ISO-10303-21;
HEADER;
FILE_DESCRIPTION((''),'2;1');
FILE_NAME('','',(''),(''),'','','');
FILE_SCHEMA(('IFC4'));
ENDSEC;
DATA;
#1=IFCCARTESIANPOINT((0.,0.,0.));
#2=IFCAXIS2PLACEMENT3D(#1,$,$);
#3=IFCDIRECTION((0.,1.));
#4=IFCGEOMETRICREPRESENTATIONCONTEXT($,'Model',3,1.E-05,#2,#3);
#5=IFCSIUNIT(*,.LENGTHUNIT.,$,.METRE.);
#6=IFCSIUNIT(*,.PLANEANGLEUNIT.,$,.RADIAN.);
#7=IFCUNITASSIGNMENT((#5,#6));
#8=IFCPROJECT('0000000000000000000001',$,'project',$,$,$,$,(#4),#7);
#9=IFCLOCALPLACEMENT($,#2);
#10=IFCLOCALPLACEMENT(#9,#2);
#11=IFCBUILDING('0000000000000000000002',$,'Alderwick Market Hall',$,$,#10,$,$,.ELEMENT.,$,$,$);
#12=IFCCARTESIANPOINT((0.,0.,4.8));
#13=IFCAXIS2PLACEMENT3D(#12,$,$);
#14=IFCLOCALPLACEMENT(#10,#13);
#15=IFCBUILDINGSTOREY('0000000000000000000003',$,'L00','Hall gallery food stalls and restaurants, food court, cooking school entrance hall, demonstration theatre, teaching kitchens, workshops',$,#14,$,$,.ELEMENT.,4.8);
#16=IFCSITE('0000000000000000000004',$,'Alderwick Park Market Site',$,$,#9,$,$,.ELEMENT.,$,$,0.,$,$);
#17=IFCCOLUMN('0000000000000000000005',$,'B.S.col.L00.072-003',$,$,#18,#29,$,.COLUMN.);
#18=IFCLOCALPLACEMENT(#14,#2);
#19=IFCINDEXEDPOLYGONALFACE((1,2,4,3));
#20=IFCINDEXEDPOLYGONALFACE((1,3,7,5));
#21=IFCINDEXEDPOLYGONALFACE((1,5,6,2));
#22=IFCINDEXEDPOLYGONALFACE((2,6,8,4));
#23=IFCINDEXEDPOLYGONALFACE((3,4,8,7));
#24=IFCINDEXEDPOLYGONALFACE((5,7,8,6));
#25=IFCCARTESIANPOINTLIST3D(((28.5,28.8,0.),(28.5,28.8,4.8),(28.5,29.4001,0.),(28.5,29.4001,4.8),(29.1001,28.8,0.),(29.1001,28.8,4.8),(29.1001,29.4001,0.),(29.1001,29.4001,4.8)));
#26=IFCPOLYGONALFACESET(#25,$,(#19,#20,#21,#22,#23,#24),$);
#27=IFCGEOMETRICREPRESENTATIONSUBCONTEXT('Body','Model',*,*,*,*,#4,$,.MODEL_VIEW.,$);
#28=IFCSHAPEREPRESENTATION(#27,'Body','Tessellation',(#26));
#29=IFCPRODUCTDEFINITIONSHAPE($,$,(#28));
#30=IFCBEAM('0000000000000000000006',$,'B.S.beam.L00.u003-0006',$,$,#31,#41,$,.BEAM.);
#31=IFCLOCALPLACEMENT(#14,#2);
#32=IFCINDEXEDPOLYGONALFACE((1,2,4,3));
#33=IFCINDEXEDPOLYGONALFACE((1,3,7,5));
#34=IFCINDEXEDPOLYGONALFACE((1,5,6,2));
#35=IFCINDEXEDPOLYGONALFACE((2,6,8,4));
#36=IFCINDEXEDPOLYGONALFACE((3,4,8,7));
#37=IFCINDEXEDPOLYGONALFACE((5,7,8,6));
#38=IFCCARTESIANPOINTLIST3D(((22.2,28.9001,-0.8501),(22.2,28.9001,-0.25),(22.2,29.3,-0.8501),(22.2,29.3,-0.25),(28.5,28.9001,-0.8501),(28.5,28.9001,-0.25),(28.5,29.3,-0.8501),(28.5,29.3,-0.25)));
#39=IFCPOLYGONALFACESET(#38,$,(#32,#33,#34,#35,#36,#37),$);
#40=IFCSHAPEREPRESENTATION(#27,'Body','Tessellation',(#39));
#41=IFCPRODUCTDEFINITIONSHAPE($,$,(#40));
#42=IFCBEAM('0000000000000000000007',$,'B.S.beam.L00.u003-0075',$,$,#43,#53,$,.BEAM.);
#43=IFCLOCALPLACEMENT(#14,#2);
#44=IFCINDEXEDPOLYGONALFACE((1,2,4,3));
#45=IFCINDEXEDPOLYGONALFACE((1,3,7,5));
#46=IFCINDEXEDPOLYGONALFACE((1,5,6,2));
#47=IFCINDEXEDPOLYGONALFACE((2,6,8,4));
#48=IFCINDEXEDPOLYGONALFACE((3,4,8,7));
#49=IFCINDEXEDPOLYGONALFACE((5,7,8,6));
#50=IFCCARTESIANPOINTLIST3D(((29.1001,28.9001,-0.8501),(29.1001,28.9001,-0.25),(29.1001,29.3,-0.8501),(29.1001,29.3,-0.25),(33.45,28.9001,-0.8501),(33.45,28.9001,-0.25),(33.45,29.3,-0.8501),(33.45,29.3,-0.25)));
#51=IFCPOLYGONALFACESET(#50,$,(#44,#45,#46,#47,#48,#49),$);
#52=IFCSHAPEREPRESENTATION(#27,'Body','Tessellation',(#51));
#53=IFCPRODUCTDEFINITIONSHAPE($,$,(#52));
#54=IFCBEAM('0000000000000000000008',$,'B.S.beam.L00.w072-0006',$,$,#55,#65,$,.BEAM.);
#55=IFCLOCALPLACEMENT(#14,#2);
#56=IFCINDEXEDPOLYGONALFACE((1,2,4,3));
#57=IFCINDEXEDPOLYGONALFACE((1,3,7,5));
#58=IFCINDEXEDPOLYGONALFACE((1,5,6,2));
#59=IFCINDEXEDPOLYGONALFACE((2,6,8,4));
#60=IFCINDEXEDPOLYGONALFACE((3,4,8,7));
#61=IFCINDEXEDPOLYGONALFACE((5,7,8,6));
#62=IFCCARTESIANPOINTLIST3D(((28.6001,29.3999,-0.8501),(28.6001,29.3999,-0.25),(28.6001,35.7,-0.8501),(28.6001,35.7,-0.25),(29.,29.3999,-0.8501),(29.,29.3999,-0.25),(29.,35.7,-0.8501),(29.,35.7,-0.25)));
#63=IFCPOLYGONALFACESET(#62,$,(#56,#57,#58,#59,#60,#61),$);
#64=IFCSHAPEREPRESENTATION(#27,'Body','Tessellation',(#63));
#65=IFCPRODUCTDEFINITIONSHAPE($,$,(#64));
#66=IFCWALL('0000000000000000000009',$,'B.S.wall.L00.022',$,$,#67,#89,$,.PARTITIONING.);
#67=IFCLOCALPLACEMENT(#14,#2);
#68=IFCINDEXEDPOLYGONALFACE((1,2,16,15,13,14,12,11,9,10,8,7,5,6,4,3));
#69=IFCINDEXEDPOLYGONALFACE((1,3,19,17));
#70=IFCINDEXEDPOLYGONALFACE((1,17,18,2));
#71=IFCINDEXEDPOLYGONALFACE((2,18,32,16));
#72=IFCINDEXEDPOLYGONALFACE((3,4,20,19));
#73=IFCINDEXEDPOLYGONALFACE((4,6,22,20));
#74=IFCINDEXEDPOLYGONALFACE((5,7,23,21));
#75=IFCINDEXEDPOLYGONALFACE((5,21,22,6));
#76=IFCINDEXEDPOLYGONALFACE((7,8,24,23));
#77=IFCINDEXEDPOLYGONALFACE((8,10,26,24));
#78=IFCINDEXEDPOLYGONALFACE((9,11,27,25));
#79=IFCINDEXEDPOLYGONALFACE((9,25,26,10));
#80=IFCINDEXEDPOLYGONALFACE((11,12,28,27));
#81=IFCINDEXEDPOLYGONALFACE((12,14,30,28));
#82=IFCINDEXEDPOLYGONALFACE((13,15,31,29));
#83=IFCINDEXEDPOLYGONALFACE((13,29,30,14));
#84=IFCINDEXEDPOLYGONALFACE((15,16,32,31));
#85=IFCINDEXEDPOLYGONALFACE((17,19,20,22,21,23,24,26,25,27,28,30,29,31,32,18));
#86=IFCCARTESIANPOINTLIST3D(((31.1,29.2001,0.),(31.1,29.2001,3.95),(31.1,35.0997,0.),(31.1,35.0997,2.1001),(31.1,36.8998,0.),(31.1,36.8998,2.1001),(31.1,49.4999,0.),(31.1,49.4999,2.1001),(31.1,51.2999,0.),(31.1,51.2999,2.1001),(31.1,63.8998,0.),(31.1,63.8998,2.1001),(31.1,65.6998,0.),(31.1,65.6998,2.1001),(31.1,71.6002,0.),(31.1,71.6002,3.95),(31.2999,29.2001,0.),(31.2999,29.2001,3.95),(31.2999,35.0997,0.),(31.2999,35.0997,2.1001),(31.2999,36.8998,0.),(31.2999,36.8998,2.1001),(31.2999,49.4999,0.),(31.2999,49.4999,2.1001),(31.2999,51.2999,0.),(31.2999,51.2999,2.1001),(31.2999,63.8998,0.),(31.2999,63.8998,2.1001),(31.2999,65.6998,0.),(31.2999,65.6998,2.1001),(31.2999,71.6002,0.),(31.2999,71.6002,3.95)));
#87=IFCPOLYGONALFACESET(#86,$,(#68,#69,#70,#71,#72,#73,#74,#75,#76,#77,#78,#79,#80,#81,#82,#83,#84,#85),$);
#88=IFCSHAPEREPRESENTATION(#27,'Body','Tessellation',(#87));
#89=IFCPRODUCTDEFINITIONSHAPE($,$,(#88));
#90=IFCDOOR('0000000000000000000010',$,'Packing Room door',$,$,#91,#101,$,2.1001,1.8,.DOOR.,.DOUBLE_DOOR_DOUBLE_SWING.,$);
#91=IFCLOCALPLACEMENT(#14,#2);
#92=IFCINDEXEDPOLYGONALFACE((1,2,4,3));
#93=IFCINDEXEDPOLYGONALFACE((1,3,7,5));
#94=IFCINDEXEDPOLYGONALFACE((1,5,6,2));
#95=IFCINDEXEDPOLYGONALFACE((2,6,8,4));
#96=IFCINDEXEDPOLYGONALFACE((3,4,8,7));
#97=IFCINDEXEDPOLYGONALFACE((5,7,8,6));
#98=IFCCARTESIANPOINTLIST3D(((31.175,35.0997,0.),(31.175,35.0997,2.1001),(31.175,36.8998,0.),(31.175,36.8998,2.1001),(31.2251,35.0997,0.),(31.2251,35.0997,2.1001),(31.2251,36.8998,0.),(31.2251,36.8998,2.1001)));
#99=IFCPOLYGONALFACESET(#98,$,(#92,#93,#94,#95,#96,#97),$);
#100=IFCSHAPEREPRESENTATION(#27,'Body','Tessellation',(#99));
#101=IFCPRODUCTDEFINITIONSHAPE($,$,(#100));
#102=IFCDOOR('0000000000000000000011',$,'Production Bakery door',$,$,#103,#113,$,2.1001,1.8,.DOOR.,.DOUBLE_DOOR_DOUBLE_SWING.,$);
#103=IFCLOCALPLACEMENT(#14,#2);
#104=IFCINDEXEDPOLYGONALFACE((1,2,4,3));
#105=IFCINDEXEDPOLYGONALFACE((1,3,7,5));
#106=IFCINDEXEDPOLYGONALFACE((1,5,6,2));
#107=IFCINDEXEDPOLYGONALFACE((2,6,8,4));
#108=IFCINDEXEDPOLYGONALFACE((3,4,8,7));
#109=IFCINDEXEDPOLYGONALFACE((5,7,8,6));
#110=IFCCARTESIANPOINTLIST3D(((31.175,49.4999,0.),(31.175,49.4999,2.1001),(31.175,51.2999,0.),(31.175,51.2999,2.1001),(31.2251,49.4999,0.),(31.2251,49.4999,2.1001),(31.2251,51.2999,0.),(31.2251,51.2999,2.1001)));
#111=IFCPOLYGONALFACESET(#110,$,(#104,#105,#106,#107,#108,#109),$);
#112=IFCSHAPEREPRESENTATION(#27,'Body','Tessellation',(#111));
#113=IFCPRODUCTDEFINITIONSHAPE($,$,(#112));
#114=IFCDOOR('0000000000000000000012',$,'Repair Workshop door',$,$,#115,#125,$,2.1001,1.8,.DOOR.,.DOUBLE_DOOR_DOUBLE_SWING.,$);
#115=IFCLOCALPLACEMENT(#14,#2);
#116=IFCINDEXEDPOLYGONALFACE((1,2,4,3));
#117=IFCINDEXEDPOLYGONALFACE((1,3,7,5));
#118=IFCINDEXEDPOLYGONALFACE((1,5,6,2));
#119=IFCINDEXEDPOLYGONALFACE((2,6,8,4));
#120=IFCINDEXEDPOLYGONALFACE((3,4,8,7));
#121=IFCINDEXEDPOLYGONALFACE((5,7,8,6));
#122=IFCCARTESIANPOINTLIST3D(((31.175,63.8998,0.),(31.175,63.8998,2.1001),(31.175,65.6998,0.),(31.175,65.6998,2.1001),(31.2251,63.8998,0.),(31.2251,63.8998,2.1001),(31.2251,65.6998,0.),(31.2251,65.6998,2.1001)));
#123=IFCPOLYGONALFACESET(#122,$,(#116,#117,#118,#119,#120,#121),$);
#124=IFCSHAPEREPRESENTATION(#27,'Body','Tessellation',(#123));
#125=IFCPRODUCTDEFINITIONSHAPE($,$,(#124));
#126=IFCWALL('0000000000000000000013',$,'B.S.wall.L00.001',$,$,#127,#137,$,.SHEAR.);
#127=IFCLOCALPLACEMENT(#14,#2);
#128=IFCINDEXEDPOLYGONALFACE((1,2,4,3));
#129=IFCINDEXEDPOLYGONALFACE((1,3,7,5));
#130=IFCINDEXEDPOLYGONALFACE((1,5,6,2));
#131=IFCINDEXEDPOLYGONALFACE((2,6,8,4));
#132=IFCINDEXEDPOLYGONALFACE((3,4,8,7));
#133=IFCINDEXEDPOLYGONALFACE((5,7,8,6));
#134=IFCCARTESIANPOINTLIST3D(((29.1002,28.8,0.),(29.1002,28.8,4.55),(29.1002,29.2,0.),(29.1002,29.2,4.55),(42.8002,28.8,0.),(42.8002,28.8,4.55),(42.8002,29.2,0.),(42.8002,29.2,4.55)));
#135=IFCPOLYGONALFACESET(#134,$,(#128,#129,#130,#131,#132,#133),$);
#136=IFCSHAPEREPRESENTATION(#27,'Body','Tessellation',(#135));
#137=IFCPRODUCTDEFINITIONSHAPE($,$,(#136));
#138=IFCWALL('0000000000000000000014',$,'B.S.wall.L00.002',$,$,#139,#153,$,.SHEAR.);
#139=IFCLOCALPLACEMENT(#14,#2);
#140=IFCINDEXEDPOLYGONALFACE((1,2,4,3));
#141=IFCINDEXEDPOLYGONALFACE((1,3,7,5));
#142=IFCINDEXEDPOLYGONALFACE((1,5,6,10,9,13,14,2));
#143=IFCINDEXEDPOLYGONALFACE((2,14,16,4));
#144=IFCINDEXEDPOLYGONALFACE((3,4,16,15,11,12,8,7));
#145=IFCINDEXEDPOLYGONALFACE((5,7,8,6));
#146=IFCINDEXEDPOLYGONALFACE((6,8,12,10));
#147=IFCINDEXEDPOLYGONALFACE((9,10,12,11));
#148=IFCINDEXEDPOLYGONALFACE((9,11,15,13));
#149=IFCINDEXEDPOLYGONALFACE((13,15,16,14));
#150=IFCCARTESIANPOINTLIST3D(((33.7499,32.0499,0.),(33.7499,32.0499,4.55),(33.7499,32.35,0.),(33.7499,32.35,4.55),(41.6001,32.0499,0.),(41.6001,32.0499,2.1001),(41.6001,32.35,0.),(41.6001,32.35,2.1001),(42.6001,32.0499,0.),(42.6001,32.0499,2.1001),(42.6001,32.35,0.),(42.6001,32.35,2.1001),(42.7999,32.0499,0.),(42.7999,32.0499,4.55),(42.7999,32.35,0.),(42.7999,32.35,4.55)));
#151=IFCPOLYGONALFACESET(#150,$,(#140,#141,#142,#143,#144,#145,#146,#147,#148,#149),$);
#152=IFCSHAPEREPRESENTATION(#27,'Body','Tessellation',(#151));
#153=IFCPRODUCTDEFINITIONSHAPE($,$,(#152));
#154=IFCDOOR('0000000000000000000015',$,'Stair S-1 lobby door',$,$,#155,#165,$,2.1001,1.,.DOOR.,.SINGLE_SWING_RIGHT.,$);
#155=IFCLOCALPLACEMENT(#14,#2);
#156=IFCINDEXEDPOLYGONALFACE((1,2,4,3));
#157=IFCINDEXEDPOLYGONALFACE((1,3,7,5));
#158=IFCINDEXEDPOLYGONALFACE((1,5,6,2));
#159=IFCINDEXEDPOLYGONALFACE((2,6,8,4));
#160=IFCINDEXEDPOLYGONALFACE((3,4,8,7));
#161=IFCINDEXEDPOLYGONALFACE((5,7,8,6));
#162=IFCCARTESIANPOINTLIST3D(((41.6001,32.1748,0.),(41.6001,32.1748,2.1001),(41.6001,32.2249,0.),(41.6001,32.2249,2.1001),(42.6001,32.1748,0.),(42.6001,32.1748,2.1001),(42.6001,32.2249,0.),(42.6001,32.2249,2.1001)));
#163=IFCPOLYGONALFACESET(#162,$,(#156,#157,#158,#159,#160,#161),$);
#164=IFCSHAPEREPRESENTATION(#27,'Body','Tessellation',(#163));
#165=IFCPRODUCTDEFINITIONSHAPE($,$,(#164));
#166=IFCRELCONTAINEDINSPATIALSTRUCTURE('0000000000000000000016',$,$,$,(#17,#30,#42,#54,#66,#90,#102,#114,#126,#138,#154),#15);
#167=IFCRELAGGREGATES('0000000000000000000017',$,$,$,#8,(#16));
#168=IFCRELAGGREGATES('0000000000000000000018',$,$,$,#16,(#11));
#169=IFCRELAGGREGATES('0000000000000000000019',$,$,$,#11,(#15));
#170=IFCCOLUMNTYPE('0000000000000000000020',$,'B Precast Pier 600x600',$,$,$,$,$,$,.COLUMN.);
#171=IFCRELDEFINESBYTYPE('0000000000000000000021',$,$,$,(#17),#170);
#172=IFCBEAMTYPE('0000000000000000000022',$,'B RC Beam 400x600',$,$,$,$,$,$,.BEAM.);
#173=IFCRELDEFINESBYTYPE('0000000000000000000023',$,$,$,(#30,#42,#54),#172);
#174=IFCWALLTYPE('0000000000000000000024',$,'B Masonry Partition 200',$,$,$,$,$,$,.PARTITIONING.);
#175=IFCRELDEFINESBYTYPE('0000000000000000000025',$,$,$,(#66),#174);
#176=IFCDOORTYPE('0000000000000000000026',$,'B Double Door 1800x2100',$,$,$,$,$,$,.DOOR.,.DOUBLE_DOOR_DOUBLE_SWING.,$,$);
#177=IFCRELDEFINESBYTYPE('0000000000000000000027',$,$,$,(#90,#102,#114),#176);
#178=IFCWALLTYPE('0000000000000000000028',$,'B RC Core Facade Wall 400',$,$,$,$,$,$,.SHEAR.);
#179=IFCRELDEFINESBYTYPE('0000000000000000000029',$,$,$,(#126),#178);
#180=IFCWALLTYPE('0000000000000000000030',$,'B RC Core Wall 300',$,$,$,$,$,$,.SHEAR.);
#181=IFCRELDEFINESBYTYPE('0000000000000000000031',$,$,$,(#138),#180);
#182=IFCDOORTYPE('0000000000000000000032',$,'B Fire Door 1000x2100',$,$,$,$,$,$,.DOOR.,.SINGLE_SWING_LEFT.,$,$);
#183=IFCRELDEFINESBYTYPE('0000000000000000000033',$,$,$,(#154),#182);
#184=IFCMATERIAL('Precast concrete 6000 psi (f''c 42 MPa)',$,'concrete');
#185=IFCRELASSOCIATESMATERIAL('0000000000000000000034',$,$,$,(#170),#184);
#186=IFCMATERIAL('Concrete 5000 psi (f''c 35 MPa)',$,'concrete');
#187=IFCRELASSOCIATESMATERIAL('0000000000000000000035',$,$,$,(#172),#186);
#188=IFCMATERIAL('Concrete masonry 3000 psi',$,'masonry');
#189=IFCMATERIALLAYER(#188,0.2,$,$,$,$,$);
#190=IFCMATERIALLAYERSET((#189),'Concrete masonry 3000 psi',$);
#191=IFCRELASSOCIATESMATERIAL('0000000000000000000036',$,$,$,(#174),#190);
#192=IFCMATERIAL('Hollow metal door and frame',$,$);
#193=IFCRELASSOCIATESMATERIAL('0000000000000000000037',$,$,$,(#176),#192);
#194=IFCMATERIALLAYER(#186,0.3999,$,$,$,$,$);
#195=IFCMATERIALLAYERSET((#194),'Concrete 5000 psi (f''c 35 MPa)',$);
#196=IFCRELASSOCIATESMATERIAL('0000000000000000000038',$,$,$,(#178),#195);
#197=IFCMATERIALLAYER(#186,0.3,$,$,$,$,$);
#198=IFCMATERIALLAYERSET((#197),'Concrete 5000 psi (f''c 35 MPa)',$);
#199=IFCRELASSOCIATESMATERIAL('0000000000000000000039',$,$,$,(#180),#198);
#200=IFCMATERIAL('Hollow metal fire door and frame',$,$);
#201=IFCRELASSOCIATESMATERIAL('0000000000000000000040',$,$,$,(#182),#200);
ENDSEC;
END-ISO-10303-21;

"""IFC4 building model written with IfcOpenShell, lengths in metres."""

from ifc_helpers import new_model, si_unit, direction, frame, frame_2d, origin, origin_2d, place, context, subcontext, project, spatial, rectangle, extrude, material, layer, layer_set, material_profile, profile_set, type_object, element, fill, save


model = new_model("IFC4")

# Units and contexts
model_context = context("Model", 3, precision=1e-05, world=origin(), true_north=direction((0.0, 1.0)))
body_context = subcontext(model_context, "Body", "Model", "MODEL_VIEW")
ifc_project = project(units=[si_unit("LENGTHUNIT", "METRE"), si_unit("PLANEANGLEUNIT", "RADIAN")], contexts=[model_context])

# Site, building, storey
site_placement = place(None, origin())
site = spatial("IfcSite", under=ifc_project, at=site_placement, Name="Alderwick Park Market Site", CompositionType="ELEMENT", RefElevation=0.0)
building_placement = place(site_placement, origin())
building = spatial("IfcBuilding", under=site, at=building_placement, Name="Alderwick Market Hall", CompositionType="ELEMENT")
storey_placement = place(building_placement, frame((0.0, 0.0, 4.8)))
storey = spatial("IfcBuildingStorey", under=building, at=storey_placement, Name="L00", Description="Hall gallery food stalls and restaurants, food court, cooking school entrance hall, demonstration theatre, teaching kitchens, workshops", CompositionType="ELEMENT", Elevation=4.8)

# Column
ifc_material_1 = material(Name="Precast concrete 6000 psi (f'c 42 MPa)", Category="concrete")
ifc_material_profile_1 = material_profile(ifc_material_1, rectangle(XDim=0.6001, YDim=0.6001, at=origin_2d()), Name="B Precast Pier 600x600")
ifc_profile_set_1 = profile_set([ifc_material_profile_1], Name="Precast concrete 6000 psi (f'c 42 MPa)")
column_type = type_object("IfcColumnType", Name="B Precast Pier 600x600", PredefinedType="COLUMN", material=ifc_profile_set_1)
column_placement = place(storey_placement, frame((28.8, 29.1001, 0.0), z_axis=(0.0, 0.0, 1.0), x_axis=(1.0, 0.0, 0.0)))
element("IfcColumn", 1, at=column_placement, inside=storey, type_object=column_type, Name="B.S.col.L00.072-003", PredefinedType="COLUMN", context=body_context, shape_type="SweptSolid", body=[
    extrude(rectangle(XDim=0.6001, YDim=0.6001, at=origin_2d()), origin(), (0.0, 0.0, 1.0), 4.8),
])

# Beams
ifc_material_2 = material(Name="Concrete 5000 psi (f'c 35 MPa)", Category="concrete")
ifc_material_profile_2 = material_profile(ifc_material_2, rectangle(XDim=0.3999, YDim=0.6001, at=origin_2d()), Name="B RC Beam 400x600")
ifc_profile_set_2 = profile_set([ifc_material_profile_2], Name="Concrete 5000 psi (f'c 35 MPa)")
beam_type = type_object("IfcBeamType", Name="B RC Beam 400x600", PredefinedType="BEAM", material=ifc_profile_set_2)
beam_1_placement = place(storey_placement, frame((22.2, 29.1001, -0.55), z_axis=(1.0, 0.0, 0.0), x_axis=(0.0, 1.0, 0.0)))
element("IfcBeam", 2, at=beam_1_placement, inside=storey, type_object=beam_type, Name="B.S.beam.L00.u003-0006", PredefinedType="BEAM", context=body_context, shape_type="SweptSolid", body=[
    extrude(rectangle(XDim=0.3999, YDim=0.6001, at=origin_2d()), origin(), (0.0, 0.0, 1.0), 6.3),
])
beam_2_placement = place(storey_placement, frame((29.1001, 29.1001, -0.55), z_axis=(1.0, 0.0, 0.0), x_axis=(0.0, 1.0, 0.0)))
element("IfcBeam", 3, at=beam_2_placement, inside=storey, type_object=beam_type, Name="B.S.beam.L00.u003-0075", PredefinedType="BEAM", context=body_context, shape_type="SweptSolid", body=[
    extrude(rectangle(XDim=0.3999, YDim=0.6001, at=origin_2d()), origin(), (0.0, 0.0, 1.0), 4.3499),
])
beam_3_placement = place(storey_placement, frame((28.8, 29.3999, -0.55), z_axis=(0.0, 1.0, 0.0), x_axis=(-1.0, 0.0, 0.0)))
element("IfcBeam", 4, at=beam_3_placement, inside=storey, type_object=beam_type, Name="B.S.beam.L00.w072-0006", PredefinedType="BEAM", context=body_context, shape_type="SweptSolid", body=[
    extrude(rectangle(XDim=0.3999, YDim=0.6001, at=origin_2d()), origin(), (0.0, 0.0, 1.0), 6.3),
])

# Wall, openings, doors
ifc_material_3 = material(Name="Concrete masonry 3000 psi", Category="masonry")
ifc_layer_1 = layer(ifc_material_3, 0.2)
ifc_layer_set_1 = layer_set([ifc_layer_1], Name="Concrete masonry 3000 psi")
wall_type_1 = type_object("IfcWallType", Name="B Masonry Partition 200", PredefinedType="PARTITIONING", material=ifc_layer_set_1)
wall_1_placement = place(storey_placement, frame((31.2, 29.2, 0.0), z_axis=(0.0, 0.0, 1.0), x_axis=(0.0, 1.0, 0.0)))
wall_1 = element("IfcWall", 5, at=wall_1_placement, inside=storey, type_object=wall_type_1, Name="B.S.wall.L00.022", PredefinedType="PARTITIONING", context=body_context, shape_type="SweptSolid", body=[
    extrude(rectangle(XDim=42.4001, YDim=0.2, at=frame_2d((21.2002, 0.0))), origin(), (0.0, 0.0, 1.0), 3.95),
])
opening_1_placement = place(wall_1_placement, frame((5.8999, 0.0, 0.0)))
opening_1 = element("IfcOpeningElement", 6, at=opening_1_placement, cuts=wall_1, PredefinedType="OPENING", context=body_context, shape_type="SweptSolid", body=[
    extrude(rectangle(XDim=1.8, YDim=2.1001, at=frame_2d((0.8999, 1.05))), frame((0.0, 0.1099, 0.0), z_axis=(0.0, -1.0, 0.0), x_axis=(1.0, 0.0, 0.0)), (0.0, 0.0, 1.0), 0.22),
])
opening_2_placement = place(wall_1_placement, frame((20.3, 0.0, 0.0)))
opening_2 = element("IfcOpeningElement", 7, at=opening_2_placement, cuts=wall_1, PredefinedType="OPENING", context=body_context, shape_type="SweptSolid", body=[
    extrude(rectangle(XDim=1.8, YDim=2.1001, at=frame_2d((0.8999, 1.05))), frame((0.0, 0.1099, 0.0), z_axis=(0.0, -1.0, 0.0), x_axis=(1.0, 0.0, 0.0)), (0.0, 0.0, 1.0), 0.22),
])
opening_3_placement = place(wall_1_placement, frame((34.7, 0.0, 0.0)))
opening_3 = element("IfcOpeningElement", 8, at=opening_3_placement, cuts=wall_1, PredefinedType="OPENING", context=body_context, shape_type="SweptSolid", body=[
    extrude(rectangle(XDim=1.8, YDim=2.1001, at=frame_2d((0.8999, 1.05))), frame((0.0, 0.1099, 0.0), z_axis=(0.0, -1.0, 0.0), x_axis=(1.0, 0.0, 0.0)), (0.0, 0.0, 1.0), 0.22),
])
ifc_material_4 = material(Name="Hollow metal door and frame")
door_type_1 = type_object("IfcDoorType", Name="B Double Door 1800x2100", OperationType="DOUBLE_DOOR_DOUBLE_SWING", PredefinedType="DOOR", material=ifc_material_4)
door_1_placement = place(opening_1_placement, origin())
door_1 = element("IfcDoor", 9, at=door_1_placement, inside=storey, type_object=door_type_1, Name="Packing Room door", OperationType="DOUBLE_DOOR_DOUBLE_SWING", OverallHeight=2.1001, OverallWidth=1.8, PredefinedType="DOOR", context=body_context, shape_type="SweptSolid", body=[
    extrude(rectangle(XDim=1.8, YDim=2.1001, at=frame_2d((0.8999, 1.05))), frame((0.0, 0.0249, 0.0), z_axis=(0.0, -1.0, 0.0), x_axis=(1.0, 0.0, 0.0)), (0.0, 0.0, 1.0), 0.05),
])
fill(opening_1, door_1)
door_2_placement = place(opening_2_placement, origin())
door_2 = element("IfcDoor", 10, at=door_2_placement, inside=storey, type_object=door_type_1, Name="Production Bakery door", OperationType="DOUBLE_DOOR_DOUBLE_SWING", OverallHeight=2.1001, OverallWidth=1.8, PredefinedType="DOOR", context=body_context, shape_type="SweptSolid", body=[
    extrude(rectangle(XDim=1.8, YDim=2.1001, at=frame_2d((0.8999, 1.05))), frame((0.0, 0.0249, 0.0), z_axis=(0.0, -1.0, 0.0), x_axis=(1.0, 0.0, 0.0)), (0.0, 0.0, 1.0), 0.05),
])
fill(opening_2, door_2)
door_3_placement = place(opening_3_placement, origin())
door_3 = element("IfcDoor", 11, at=door_3_placement, inside=storey, type_object=door_type_1, Name="Repair Workshop door", OperationType="DOUBLE_DOOR_DOUBLE_SWING", OverallHeight=2.1001, OverallWidth=1.8, PredefinedType="DOOR", context=body_context, shape_type="SweptSolid", body=[
    extrude(rectangle(XDim=1.8, YDim=2.1001, at=frame_2d((0.8999, 1.05))), frame((0.0, 0.0249, 0.0), z_axis=(0.0, -1.0, 0.0), x_axis=(1.0, 0.0, 0.0)), (0.0, 0.0, 1.0), 0.05),
])
fill(opening_3, door_3)

# Wall
ifc_layer_2 = layer(ifc_material_2, 0.3999)
ifc_layer_set_2 = layer_set([ifc_layer_2], Name="Concrete 5000 psi (f'c 35 MPa)")
wall_type_2 = type_object("IfcWallType", Name="B RC Core Facade Wall 400", PredefinedType="SHEAR", material=ifc_layer_set_2)
wall_2_placement = place(storey_placement, frame((29.1001, 29.0, 0.0), z_axis=(0.0, 0.0, 1.0), x_axis=(1.0, 0.0, 0.0)))
element("IfcWall", 12, at=wall_2_placement, inside=storey, type_object=wall_type_2, Name="B.S.wall.L00.001", PredefinedType="SHEAR", context=body_context, shape_type="SweptSolid", body=[
    extrude(rectangle(XDim=13.7, YDim=0.3999, at=frame_2d((6.8501, 0.0))), origin(), (0.0, 0.0, 1.0), 4.55),
])

# Wall, opening, door
ifc_layer_3 = layer(ifc_material_2, 0.3)
ifc_layer_set_3 = layer_set([ifc_layer_3], Name="Concrete 5000 psi (f'c 35 MPa)")
wall_type_3 = type_object("IfcWallType", Name="B RC Core Wall 300", PredefinedType="SHEAR", material=ifc_layer_set_3)
wall_3_placement = place(storey_placement, frame((33.75, 32.2, 0.0), z_axis=(0.0, 0.0, 1.0), x_axis=(1.0, 0.0, 0.0)))
wall_3 = element("IfcWall", 13, at=wall_3_placement, inside=storey, type_object=wall_type_3, Name="B.S.wall.L00.002", PredefinedType="SHEAR", context=body_context, shape_type="SweptSolid", body=[
    extrude(rectangle(XDim=9.05, YDim=0.3, at=frame_2d((4.5249, 0.0))), origin(), (0.0, 0.0, 1.0), 4.55),
])
opening_4_placement = place(wall_3_placement, frame((7.8501, 0.0, 0.0)))
opening_4 = element("IfcOpeningElement", 14, at=opening_4_placement, cuts=wall_3, PredefinedType="OPENING", context=body_context, shape_type="SweptSolid", body=[
    extrude(rectangle(XDim=1.0, YDim=2.1001, at=frame_2d((0.5, 1.05))), frame((0.0, 0.1599, 0.0), z_axis=(0.0, -1.0, 0.0), x_axis=(1.0, 0.0, 0.0)), (0.0, 0.0, 1.0), 0.3201),
])
ifc_material_5 = material(Name="Hollow metal fire door and frame")
door_type_2 = type_object("IfcDoorType", Name="B Fire Door 1000x2100", OperationType="SINGLE_SWING_LEFT", PredefinedType="DOOR", material=ifc_material_5)
door_4_placement = place(opening_4_placement, origin())
door_4 = element("IfcDoor", 15, at=door_4_placement, inside=storey, type_object=door_type_2, Name="Stair S-1 lobby door", OperationType="SINGLE_SWING_RIGHT", OverallHeight=2.1001, OverallWidth=1.0, PredefinedType="DOOR", context=body_context, shape_type="SweptSolid", body=[
    extrude(rectangle(XDim=1.0, YDim=2.1001, at=frame_2d((0.5, 1.05))), frame((0.0, 0.0249, 0.0), z_axis=(0.0, -1.0, 0.0), x_axis=(1.0, 0.0, 0.0)), (0.0, 0.0, 1.0), 0.05),
])
fill(opening_4, door_4)

save(model, "model.ifc")
